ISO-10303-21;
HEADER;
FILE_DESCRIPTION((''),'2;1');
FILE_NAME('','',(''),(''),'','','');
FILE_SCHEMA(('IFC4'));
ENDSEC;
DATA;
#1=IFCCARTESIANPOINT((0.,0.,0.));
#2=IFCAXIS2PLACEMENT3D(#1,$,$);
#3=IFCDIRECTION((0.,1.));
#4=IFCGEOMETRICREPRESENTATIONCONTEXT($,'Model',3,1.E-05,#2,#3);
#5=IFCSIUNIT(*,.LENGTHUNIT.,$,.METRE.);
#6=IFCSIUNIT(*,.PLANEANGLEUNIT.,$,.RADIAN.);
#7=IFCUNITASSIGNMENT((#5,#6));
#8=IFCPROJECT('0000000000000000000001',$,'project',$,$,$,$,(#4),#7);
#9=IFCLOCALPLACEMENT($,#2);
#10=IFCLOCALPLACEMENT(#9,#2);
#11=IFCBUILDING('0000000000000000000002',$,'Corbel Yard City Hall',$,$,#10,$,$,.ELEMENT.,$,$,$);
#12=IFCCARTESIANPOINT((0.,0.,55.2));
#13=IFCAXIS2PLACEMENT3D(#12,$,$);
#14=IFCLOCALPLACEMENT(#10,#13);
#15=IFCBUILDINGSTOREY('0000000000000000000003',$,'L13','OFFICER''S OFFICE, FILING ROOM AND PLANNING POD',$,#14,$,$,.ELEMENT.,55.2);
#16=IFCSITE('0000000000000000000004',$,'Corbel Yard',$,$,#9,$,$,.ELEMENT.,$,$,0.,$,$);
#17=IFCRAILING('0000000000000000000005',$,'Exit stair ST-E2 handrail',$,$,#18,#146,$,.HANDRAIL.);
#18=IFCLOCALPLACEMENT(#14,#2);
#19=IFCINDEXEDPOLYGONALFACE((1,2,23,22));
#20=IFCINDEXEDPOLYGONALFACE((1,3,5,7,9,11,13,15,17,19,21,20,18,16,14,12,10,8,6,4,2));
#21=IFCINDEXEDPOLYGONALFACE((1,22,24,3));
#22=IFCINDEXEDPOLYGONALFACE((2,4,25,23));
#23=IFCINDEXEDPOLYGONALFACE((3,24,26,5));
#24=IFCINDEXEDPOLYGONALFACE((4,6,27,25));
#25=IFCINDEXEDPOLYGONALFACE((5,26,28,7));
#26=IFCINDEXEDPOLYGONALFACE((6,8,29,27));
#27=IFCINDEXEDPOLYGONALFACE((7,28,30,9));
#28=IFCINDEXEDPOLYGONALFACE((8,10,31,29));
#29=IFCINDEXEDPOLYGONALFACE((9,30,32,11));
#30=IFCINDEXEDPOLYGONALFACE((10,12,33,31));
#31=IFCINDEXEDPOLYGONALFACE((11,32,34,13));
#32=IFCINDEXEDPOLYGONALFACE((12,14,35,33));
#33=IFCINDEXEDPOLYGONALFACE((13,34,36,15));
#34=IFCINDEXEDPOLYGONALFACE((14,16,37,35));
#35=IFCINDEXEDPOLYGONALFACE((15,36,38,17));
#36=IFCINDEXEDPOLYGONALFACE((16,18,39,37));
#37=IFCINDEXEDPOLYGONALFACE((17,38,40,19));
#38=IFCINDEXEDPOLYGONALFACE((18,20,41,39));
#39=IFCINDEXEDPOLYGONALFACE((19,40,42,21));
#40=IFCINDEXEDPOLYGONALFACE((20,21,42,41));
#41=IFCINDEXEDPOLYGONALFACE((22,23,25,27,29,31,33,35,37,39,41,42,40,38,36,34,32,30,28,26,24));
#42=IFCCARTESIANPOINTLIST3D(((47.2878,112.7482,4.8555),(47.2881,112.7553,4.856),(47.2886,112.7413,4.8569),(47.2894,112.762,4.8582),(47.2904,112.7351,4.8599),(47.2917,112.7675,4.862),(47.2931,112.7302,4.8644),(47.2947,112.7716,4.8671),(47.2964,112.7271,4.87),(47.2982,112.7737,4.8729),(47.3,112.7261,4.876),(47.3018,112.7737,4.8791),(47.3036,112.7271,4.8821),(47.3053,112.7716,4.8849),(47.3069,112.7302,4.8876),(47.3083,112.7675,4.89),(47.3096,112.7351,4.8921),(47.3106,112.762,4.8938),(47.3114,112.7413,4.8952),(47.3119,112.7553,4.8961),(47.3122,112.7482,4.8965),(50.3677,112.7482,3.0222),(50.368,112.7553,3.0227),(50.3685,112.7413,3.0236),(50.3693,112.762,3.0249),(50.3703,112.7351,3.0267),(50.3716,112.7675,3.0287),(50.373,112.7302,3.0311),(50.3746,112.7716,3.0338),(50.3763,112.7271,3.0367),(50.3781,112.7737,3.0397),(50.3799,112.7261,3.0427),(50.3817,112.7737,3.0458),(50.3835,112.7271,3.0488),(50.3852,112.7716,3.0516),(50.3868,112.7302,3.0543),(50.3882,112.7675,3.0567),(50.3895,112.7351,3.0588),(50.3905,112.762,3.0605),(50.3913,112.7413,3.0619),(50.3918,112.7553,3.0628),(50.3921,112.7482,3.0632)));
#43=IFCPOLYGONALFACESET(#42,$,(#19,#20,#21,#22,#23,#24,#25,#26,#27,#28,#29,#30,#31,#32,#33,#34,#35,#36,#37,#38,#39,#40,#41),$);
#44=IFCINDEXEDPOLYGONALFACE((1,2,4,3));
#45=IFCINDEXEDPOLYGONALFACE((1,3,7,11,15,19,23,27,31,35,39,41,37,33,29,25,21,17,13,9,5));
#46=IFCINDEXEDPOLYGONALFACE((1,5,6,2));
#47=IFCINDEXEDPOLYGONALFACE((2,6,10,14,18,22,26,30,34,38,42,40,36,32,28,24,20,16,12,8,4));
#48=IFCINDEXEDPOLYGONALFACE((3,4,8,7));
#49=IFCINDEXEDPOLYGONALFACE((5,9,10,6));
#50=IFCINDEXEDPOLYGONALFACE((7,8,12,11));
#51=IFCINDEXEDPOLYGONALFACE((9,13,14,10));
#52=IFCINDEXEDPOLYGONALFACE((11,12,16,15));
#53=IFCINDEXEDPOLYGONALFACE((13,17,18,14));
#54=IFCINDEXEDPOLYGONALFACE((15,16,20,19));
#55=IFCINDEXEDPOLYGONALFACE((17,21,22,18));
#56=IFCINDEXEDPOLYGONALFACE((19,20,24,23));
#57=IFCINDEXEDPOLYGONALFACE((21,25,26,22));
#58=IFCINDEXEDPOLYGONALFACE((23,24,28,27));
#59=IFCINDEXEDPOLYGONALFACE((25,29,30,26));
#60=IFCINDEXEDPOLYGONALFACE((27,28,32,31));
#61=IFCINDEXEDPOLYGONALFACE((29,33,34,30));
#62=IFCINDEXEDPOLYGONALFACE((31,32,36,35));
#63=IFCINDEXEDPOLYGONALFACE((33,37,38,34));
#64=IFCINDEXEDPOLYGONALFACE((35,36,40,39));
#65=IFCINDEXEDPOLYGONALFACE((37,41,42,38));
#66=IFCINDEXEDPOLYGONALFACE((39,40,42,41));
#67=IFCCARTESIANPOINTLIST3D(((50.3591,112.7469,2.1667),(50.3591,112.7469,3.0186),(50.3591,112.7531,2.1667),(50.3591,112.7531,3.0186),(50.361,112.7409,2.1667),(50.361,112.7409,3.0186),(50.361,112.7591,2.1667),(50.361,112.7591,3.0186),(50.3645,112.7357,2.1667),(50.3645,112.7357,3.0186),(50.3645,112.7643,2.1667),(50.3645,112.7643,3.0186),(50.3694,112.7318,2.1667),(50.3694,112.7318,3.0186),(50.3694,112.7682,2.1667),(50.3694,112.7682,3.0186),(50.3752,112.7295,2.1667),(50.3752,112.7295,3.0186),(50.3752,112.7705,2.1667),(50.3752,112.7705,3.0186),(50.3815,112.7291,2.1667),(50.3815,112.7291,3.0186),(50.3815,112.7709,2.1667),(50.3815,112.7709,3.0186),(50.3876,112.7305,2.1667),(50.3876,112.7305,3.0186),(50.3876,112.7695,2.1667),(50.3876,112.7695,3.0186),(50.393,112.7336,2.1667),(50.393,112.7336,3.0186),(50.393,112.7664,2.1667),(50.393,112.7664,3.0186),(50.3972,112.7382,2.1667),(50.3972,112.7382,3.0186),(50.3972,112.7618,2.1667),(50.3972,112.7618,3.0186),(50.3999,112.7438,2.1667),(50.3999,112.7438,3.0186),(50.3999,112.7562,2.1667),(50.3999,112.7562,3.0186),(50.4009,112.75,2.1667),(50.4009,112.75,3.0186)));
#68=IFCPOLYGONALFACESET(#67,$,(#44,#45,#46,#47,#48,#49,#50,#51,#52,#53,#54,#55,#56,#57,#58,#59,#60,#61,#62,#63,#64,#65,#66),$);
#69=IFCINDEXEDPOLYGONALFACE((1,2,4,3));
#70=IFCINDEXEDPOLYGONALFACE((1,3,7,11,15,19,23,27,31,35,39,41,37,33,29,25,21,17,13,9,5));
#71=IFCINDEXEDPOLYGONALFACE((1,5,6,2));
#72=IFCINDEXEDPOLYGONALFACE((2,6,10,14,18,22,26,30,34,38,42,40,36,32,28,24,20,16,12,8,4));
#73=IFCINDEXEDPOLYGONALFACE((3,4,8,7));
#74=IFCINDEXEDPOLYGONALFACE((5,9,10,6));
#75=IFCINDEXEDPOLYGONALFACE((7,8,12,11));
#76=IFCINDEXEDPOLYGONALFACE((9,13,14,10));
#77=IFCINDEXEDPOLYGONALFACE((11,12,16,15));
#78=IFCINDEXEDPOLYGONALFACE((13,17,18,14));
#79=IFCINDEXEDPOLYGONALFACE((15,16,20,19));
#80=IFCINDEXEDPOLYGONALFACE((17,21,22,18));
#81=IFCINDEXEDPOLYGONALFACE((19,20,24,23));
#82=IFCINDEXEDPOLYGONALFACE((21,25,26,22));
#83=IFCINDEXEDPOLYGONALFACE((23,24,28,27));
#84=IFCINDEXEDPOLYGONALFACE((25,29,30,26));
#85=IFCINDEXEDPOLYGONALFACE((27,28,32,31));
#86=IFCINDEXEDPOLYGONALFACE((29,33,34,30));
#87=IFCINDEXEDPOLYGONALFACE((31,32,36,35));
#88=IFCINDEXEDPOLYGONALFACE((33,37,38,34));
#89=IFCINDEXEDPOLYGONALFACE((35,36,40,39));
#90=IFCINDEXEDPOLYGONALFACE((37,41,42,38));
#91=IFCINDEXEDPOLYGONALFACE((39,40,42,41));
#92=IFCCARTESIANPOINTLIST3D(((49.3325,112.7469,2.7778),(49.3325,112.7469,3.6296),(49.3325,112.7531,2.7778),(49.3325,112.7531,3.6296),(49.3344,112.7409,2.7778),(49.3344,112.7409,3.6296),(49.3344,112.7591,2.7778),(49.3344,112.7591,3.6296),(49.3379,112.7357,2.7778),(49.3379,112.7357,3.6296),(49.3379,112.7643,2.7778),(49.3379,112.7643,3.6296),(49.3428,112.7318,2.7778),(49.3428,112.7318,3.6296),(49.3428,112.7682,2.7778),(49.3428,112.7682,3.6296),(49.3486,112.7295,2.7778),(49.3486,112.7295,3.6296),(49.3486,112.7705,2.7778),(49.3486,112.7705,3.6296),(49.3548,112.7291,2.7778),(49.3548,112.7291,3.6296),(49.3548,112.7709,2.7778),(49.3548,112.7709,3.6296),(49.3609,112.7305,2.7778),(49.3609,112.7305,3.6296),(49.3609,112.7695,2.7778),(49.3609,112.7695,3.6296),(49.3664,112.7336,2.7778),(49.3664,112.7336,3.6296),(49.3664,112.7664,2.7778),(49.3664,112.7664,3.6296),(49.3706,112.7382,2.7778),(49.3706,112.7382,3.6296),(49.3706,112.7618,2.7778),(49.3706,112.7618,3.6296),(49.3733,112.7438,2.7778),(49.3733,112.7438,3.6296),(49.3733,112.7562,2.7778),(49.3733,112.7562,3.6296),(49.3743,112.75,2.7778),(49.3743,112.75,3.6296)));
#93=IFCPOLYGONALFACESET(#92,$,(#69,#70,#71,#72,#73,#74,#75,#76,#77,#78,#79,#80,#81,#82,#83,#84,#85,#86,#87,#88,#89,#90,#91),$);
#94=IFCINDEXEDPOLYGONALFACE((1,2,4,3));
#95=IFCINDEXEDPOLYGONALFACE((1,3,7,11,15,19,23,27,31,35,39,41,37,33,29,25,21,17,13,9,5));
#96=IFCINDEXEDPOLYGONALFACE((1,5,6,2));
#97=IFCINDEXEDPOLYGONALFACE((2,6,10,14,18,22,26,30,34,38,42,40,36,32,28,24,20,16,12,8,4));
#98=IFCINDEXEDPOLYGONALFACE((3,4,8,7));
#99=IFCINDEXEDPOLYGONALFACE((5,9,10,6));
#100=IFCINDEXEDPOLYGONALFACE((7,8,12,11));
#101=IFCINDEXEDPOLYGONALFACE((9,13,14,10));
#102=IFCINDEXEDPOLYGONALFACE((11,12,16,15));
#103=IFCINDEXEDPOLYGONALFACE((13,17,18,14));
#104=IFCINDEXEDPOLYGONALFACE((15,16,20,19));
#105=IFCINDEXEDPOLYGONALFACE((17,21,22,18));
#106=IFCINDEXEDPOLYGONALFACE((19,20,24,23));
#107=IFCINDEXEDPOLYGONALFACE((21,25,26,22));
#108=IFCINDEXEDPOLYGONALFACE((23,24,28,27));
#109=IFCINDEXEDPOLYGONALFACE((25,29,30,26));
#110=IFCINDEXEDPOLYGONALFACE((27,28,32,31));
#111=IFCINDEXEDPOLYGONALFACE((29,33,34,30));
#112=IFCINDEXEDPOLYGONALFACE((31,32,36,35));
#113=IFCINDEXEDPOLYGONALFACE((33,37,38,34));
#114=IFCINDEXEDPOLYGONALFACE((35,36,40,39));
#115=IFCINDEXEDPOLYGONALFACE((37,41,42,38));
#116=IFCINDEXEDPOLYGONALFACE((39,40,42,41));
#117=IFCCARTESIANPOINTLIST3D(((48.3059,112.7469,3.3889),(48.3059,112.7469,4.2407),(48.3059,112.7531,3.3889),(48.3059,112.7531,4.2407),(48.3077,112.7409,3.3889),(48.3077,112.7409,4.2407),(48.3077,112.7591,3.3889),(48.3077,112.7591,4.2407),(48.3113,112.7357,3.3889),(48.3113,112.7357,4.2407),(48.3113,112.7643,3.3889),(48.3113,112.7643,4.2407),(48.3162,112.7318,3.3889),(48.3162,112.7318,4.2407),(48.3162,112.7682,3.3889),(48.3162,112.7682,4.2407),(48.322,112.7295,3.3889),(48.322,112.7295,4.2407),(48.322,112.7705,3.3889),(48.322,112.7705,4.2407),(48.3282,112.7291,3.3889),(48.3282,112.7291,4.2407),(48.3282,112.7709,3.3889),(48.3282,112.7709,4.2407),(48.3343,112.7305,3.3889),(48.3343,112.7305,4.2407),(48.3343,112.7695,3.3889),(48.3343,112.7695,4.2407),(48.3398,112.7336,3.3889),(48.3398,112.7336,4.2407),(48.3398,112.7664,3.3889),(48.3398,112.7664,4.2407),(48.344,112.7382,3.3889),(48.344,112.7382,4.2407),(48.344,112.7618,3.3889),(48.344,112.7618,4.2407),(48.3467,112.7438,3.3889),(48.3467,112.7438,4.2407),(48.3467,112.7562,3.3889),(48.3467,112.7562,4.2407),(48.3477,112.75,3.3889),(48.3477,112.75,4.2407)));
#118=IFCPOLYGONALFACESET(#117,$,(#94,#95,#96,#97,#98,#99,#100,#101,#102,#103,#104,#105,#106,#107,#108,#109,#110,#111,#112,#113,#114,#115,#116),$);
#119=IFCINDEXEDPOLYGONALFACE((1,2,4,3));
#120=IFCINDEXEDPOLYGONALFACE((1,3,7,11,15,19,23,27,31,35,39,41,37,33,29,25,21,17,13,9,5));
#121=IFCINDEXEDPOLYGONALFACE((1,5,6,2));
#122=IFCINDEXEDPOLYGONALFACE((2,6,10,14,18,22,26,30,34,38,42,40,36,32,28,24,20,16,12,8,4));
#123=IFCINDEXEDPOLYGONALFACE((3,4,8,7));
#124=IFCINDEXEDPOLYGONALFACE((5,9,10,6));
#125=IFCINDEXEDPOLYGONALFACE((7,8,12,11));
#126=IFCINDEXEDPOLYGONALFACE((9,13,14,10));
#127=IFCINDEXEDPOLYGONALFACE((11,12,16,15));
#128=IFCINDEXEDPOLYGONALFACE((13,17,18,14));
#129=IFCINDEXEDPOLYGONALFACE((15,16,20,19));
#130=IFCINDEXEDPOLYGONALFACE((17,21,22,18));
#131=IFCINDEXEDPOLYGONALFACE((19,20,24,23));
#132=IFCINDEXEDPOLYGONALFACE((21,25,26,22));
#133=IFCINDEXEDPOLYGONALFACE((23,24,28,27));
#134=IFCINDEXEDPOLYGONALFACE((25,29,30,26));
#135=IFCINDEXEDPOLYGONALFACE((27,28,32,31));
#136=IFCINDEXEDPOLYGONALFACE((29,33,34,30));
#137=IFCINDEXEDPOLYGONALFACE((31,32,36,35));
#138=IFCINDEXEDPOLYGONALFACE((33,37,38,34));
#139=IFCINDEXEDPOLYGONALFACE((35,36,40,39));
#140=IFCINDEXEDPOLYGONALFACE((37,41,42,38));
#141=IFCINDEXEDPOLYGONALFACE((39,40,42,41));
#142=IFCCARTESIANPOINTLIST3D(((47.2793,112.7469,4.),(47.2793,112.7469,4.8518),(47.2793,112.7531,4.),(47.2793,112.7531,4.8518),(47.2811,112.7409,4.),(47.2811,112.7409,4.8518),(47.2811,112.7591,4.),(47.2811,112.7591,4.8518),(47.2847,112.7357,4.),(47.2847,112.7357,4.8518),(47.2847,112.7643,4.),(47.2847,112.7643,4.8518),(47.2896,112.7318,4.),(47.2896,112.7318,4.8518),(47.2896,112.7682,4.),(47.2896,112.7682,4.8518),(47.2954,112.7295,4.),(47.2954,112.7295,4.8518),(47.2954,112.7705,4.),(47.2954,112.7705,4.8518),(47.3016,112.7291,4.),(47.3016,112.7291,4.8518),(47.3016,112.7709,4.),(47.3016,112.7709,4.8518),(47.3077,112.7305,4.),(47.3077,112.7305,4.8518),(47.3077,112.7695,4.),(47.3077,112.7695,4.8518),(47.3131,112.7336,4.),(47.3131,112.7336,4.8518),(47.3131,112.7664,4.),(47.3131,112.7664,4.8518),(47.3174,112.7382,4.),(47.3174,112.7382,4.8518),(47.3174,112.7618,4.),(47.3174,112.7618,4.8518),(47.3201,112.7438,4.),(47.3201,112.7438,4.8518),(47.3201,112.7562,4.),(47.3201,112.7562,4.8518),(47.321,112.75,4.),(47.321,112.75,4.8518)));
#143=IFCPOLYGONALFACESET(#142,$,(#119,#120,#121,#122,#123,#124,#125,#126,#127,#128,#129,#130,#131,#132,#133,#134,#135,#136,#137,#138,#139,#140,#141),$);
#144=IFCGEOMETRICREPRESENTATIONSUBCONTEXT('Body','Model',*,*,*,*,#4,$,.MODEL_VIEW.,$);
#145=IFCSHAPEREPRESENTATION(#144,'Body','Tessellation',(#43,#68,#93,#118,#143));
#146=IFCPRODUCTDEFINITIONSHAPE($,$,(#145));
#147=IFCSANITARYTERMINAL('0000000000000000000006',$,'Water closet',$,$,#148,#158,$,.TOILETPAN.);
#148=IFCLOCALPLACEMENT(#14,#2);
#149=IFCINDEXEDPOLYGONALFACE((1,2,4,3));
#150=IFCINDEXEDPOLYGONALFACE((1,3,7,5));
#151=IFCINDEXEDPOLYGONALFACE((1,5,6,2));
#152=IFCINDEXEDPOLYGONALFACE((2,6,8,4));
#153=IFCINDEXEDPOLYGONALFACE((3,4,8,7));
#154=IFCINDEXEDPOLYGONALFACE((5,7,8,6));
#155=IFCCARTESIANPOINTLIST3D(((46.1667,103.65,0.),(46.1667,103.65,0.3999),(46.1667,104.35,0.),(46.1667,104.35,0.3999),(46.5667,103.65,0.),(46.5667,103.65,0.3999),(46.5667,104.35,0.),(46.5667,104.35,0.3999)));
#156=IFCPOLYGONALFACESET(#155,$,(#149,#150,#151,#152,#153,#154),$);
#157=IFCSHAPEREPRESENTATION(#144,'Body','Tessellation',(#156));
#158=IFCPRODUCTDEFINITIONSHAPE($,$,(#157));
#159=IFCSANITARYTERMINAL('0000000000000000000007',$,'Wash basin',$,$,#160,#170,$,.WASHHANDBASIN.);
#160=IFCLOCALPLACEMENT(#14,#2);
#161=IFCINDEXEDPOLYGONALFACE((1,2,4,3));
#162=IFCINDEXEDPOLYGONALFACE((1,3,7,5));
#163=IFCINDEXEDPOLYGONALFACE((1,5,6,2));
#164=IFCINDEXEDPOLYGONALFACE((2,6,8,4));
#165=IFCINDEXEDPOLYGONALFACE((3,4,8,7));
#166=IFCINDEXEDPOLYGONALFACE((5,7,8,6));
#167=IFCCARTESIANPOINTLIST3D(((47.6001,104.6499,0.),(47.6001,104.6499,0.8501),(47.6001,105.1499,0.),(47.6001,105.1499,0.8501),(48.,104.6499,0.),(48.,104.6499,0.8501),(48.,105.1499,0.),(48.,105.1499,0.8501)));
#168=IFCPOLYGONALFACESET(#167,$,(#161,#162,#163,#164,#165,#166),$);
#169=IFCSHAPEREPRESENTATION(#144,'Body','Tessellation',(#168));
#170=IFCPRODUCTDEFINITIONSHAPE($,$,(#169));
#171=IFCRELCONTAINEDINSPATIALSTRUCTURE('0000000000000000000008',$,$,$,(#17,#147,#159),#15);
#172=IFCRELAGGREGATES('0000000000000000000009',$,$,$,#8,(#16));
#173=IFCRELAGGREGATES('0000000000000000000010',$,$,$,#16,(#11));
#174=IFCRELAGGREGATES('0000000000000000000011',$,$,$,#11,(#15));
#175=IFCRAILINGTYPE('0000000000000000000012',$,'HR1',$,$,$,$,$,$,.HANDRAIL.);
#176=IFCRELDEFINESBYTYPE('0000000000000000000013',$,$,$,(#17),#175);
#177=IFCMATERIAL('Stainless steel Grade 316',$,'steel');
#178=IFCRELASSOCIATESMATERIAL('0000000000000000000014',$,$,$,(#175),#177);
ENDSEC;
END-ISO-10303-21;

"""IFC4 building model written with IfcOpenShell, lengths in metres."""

from ifc_helpers import new_model, si_unit, direction, frame, origin, origin_2d, place, context, subcontext, project, spatial, rectangle, circle, extrude, material, type_object, element, save


model = new_model("IFC4")

# Units and contexts
model_context = context("Model", 3, precision=1e-05, world=origin(), true_north=direction((0.0, 1.0)))
body_context = subcontext(model_context, "Body", "Model", "MODEL_VIEW")
ifc_project = project(units=[si_unit("LENGTHUNIT", "METRE"), si_unit("PLANEANGLEUNIT", "RADIAN")], contexts=[model_context])

# Site, building, storey
site_placement = place(None, origin())
site = spatial("IfcSite", under=ifc_project, at=site_placement, Name="Corbel Yard", CompositionType="ELEMENT", RefElevation=0.0)
building_placement = place(site_placement, origin())
building = spatial("IfcBuilding", under=site, at=building_placement, Name="Corbel Yard City Hall", CompositionType="ELEMENT")
storey_placement = place(building_placement, frame((0.0, 0.0, 55.2)))
storey = spatial("IfcBuildingStorey", under=building, at=storey_placement, Name="L13", Description="OFFICER'S OFFICE, FILING ROOM AND PLANNING POD", CompositionType="ELEMENT", Elevation=55.2)

# Shared definitions
ifc_material_1 = material(Name="Stainless steel Grade 316", Category="steel")

# Railing
railing_type = type_object("IfcRailingType", Name="HR1", PredefinedType="HANDRAIL", material=ifc_material_1)
for number, where, name in (
    (1, (50.3799, 112.75, 2.1667), "Exit stair ST-E2 handrail"),
):
    element("IfcRailing", number, at=place(storey_placement, frame(where)), inside=storey, type_object=railing_type, Name=name, PredefinedType="HANDRAIL", context=body_context, shape_type="SweptSolid", body=[
        extrude(circle(Radius=0.0239, at=origin_2d()), frame((0.0, 0.0, 0.876), z_axis=(-0.859291, 0.0, 0.511487), x_axis=(0.0, -1.0, 0.0)), (0.0, 0.0, 1.0), 3.5842),
        extrude(circle(Radius=0.021, at=origin_2d()), origin(), (0.0, 0.0, 1.0), 0.8518),
        extrude(circle(Radius=0.021, at=origin_2d()), frame((-1.0266, 0.0, 0.6111)), (0.0, 0.0, 1.0), 0.8518),
        extrude(circle(Radius=0.021, at=origin_2d()), frame((-2.0532, 0.0, 1.2222)), (0.0, 0.0, 1.0), 0.8518),
        extrude(circle(Radius=0.021, at=origin_2d()), frame((-3.0798, 0.0, 1.8333)), (0.0, 0.0, 1.0), 0.8518),
    ])

# Sanitary terminals
sanitary_terminal_1_placement = place(storey_placement, frame((46.3667, 104.0, 0.0), z_axis=(0.0, 0.0, 1.0), x_axis=(1.0, 0.0, 0.0)))
element("IfcSanitaryTerminal", 2, at=sanitary_terminal_1_placement, inside=storey, Name="Water closet", PredefinedType="TOILETPAN", context=body_context, shape_type="SweptSolid", body=[
    extrude(rectangle(XDim=0.3999, YDim=0.7, at=origin_2d()), origin(), (0.0, 0.0, 1.0), 0.3999),
])
sanitary_terminal_2_placement = place(storey_placement, frame((47.8, 104.8999, 0.0), z_axis=(0.0, 0.0, 1.0), x_axis=(1.0, 0.0, 0.0)))
element("IfcSanitaryTerminal", 3, at=sanitary_terminal_2_placement, inside=storey, Name="Wash basin", PredefinedType="WASHHANDBASIN", context=body_context, shape_type="SweptSolid", body=[
    extrude(rectangle(XDim=0.3999, YDim=0.5, at=origin_2d()), origin(), (0.0, 0.0, 1.0), 0.8501),
])

save(model, "model.ifc")
